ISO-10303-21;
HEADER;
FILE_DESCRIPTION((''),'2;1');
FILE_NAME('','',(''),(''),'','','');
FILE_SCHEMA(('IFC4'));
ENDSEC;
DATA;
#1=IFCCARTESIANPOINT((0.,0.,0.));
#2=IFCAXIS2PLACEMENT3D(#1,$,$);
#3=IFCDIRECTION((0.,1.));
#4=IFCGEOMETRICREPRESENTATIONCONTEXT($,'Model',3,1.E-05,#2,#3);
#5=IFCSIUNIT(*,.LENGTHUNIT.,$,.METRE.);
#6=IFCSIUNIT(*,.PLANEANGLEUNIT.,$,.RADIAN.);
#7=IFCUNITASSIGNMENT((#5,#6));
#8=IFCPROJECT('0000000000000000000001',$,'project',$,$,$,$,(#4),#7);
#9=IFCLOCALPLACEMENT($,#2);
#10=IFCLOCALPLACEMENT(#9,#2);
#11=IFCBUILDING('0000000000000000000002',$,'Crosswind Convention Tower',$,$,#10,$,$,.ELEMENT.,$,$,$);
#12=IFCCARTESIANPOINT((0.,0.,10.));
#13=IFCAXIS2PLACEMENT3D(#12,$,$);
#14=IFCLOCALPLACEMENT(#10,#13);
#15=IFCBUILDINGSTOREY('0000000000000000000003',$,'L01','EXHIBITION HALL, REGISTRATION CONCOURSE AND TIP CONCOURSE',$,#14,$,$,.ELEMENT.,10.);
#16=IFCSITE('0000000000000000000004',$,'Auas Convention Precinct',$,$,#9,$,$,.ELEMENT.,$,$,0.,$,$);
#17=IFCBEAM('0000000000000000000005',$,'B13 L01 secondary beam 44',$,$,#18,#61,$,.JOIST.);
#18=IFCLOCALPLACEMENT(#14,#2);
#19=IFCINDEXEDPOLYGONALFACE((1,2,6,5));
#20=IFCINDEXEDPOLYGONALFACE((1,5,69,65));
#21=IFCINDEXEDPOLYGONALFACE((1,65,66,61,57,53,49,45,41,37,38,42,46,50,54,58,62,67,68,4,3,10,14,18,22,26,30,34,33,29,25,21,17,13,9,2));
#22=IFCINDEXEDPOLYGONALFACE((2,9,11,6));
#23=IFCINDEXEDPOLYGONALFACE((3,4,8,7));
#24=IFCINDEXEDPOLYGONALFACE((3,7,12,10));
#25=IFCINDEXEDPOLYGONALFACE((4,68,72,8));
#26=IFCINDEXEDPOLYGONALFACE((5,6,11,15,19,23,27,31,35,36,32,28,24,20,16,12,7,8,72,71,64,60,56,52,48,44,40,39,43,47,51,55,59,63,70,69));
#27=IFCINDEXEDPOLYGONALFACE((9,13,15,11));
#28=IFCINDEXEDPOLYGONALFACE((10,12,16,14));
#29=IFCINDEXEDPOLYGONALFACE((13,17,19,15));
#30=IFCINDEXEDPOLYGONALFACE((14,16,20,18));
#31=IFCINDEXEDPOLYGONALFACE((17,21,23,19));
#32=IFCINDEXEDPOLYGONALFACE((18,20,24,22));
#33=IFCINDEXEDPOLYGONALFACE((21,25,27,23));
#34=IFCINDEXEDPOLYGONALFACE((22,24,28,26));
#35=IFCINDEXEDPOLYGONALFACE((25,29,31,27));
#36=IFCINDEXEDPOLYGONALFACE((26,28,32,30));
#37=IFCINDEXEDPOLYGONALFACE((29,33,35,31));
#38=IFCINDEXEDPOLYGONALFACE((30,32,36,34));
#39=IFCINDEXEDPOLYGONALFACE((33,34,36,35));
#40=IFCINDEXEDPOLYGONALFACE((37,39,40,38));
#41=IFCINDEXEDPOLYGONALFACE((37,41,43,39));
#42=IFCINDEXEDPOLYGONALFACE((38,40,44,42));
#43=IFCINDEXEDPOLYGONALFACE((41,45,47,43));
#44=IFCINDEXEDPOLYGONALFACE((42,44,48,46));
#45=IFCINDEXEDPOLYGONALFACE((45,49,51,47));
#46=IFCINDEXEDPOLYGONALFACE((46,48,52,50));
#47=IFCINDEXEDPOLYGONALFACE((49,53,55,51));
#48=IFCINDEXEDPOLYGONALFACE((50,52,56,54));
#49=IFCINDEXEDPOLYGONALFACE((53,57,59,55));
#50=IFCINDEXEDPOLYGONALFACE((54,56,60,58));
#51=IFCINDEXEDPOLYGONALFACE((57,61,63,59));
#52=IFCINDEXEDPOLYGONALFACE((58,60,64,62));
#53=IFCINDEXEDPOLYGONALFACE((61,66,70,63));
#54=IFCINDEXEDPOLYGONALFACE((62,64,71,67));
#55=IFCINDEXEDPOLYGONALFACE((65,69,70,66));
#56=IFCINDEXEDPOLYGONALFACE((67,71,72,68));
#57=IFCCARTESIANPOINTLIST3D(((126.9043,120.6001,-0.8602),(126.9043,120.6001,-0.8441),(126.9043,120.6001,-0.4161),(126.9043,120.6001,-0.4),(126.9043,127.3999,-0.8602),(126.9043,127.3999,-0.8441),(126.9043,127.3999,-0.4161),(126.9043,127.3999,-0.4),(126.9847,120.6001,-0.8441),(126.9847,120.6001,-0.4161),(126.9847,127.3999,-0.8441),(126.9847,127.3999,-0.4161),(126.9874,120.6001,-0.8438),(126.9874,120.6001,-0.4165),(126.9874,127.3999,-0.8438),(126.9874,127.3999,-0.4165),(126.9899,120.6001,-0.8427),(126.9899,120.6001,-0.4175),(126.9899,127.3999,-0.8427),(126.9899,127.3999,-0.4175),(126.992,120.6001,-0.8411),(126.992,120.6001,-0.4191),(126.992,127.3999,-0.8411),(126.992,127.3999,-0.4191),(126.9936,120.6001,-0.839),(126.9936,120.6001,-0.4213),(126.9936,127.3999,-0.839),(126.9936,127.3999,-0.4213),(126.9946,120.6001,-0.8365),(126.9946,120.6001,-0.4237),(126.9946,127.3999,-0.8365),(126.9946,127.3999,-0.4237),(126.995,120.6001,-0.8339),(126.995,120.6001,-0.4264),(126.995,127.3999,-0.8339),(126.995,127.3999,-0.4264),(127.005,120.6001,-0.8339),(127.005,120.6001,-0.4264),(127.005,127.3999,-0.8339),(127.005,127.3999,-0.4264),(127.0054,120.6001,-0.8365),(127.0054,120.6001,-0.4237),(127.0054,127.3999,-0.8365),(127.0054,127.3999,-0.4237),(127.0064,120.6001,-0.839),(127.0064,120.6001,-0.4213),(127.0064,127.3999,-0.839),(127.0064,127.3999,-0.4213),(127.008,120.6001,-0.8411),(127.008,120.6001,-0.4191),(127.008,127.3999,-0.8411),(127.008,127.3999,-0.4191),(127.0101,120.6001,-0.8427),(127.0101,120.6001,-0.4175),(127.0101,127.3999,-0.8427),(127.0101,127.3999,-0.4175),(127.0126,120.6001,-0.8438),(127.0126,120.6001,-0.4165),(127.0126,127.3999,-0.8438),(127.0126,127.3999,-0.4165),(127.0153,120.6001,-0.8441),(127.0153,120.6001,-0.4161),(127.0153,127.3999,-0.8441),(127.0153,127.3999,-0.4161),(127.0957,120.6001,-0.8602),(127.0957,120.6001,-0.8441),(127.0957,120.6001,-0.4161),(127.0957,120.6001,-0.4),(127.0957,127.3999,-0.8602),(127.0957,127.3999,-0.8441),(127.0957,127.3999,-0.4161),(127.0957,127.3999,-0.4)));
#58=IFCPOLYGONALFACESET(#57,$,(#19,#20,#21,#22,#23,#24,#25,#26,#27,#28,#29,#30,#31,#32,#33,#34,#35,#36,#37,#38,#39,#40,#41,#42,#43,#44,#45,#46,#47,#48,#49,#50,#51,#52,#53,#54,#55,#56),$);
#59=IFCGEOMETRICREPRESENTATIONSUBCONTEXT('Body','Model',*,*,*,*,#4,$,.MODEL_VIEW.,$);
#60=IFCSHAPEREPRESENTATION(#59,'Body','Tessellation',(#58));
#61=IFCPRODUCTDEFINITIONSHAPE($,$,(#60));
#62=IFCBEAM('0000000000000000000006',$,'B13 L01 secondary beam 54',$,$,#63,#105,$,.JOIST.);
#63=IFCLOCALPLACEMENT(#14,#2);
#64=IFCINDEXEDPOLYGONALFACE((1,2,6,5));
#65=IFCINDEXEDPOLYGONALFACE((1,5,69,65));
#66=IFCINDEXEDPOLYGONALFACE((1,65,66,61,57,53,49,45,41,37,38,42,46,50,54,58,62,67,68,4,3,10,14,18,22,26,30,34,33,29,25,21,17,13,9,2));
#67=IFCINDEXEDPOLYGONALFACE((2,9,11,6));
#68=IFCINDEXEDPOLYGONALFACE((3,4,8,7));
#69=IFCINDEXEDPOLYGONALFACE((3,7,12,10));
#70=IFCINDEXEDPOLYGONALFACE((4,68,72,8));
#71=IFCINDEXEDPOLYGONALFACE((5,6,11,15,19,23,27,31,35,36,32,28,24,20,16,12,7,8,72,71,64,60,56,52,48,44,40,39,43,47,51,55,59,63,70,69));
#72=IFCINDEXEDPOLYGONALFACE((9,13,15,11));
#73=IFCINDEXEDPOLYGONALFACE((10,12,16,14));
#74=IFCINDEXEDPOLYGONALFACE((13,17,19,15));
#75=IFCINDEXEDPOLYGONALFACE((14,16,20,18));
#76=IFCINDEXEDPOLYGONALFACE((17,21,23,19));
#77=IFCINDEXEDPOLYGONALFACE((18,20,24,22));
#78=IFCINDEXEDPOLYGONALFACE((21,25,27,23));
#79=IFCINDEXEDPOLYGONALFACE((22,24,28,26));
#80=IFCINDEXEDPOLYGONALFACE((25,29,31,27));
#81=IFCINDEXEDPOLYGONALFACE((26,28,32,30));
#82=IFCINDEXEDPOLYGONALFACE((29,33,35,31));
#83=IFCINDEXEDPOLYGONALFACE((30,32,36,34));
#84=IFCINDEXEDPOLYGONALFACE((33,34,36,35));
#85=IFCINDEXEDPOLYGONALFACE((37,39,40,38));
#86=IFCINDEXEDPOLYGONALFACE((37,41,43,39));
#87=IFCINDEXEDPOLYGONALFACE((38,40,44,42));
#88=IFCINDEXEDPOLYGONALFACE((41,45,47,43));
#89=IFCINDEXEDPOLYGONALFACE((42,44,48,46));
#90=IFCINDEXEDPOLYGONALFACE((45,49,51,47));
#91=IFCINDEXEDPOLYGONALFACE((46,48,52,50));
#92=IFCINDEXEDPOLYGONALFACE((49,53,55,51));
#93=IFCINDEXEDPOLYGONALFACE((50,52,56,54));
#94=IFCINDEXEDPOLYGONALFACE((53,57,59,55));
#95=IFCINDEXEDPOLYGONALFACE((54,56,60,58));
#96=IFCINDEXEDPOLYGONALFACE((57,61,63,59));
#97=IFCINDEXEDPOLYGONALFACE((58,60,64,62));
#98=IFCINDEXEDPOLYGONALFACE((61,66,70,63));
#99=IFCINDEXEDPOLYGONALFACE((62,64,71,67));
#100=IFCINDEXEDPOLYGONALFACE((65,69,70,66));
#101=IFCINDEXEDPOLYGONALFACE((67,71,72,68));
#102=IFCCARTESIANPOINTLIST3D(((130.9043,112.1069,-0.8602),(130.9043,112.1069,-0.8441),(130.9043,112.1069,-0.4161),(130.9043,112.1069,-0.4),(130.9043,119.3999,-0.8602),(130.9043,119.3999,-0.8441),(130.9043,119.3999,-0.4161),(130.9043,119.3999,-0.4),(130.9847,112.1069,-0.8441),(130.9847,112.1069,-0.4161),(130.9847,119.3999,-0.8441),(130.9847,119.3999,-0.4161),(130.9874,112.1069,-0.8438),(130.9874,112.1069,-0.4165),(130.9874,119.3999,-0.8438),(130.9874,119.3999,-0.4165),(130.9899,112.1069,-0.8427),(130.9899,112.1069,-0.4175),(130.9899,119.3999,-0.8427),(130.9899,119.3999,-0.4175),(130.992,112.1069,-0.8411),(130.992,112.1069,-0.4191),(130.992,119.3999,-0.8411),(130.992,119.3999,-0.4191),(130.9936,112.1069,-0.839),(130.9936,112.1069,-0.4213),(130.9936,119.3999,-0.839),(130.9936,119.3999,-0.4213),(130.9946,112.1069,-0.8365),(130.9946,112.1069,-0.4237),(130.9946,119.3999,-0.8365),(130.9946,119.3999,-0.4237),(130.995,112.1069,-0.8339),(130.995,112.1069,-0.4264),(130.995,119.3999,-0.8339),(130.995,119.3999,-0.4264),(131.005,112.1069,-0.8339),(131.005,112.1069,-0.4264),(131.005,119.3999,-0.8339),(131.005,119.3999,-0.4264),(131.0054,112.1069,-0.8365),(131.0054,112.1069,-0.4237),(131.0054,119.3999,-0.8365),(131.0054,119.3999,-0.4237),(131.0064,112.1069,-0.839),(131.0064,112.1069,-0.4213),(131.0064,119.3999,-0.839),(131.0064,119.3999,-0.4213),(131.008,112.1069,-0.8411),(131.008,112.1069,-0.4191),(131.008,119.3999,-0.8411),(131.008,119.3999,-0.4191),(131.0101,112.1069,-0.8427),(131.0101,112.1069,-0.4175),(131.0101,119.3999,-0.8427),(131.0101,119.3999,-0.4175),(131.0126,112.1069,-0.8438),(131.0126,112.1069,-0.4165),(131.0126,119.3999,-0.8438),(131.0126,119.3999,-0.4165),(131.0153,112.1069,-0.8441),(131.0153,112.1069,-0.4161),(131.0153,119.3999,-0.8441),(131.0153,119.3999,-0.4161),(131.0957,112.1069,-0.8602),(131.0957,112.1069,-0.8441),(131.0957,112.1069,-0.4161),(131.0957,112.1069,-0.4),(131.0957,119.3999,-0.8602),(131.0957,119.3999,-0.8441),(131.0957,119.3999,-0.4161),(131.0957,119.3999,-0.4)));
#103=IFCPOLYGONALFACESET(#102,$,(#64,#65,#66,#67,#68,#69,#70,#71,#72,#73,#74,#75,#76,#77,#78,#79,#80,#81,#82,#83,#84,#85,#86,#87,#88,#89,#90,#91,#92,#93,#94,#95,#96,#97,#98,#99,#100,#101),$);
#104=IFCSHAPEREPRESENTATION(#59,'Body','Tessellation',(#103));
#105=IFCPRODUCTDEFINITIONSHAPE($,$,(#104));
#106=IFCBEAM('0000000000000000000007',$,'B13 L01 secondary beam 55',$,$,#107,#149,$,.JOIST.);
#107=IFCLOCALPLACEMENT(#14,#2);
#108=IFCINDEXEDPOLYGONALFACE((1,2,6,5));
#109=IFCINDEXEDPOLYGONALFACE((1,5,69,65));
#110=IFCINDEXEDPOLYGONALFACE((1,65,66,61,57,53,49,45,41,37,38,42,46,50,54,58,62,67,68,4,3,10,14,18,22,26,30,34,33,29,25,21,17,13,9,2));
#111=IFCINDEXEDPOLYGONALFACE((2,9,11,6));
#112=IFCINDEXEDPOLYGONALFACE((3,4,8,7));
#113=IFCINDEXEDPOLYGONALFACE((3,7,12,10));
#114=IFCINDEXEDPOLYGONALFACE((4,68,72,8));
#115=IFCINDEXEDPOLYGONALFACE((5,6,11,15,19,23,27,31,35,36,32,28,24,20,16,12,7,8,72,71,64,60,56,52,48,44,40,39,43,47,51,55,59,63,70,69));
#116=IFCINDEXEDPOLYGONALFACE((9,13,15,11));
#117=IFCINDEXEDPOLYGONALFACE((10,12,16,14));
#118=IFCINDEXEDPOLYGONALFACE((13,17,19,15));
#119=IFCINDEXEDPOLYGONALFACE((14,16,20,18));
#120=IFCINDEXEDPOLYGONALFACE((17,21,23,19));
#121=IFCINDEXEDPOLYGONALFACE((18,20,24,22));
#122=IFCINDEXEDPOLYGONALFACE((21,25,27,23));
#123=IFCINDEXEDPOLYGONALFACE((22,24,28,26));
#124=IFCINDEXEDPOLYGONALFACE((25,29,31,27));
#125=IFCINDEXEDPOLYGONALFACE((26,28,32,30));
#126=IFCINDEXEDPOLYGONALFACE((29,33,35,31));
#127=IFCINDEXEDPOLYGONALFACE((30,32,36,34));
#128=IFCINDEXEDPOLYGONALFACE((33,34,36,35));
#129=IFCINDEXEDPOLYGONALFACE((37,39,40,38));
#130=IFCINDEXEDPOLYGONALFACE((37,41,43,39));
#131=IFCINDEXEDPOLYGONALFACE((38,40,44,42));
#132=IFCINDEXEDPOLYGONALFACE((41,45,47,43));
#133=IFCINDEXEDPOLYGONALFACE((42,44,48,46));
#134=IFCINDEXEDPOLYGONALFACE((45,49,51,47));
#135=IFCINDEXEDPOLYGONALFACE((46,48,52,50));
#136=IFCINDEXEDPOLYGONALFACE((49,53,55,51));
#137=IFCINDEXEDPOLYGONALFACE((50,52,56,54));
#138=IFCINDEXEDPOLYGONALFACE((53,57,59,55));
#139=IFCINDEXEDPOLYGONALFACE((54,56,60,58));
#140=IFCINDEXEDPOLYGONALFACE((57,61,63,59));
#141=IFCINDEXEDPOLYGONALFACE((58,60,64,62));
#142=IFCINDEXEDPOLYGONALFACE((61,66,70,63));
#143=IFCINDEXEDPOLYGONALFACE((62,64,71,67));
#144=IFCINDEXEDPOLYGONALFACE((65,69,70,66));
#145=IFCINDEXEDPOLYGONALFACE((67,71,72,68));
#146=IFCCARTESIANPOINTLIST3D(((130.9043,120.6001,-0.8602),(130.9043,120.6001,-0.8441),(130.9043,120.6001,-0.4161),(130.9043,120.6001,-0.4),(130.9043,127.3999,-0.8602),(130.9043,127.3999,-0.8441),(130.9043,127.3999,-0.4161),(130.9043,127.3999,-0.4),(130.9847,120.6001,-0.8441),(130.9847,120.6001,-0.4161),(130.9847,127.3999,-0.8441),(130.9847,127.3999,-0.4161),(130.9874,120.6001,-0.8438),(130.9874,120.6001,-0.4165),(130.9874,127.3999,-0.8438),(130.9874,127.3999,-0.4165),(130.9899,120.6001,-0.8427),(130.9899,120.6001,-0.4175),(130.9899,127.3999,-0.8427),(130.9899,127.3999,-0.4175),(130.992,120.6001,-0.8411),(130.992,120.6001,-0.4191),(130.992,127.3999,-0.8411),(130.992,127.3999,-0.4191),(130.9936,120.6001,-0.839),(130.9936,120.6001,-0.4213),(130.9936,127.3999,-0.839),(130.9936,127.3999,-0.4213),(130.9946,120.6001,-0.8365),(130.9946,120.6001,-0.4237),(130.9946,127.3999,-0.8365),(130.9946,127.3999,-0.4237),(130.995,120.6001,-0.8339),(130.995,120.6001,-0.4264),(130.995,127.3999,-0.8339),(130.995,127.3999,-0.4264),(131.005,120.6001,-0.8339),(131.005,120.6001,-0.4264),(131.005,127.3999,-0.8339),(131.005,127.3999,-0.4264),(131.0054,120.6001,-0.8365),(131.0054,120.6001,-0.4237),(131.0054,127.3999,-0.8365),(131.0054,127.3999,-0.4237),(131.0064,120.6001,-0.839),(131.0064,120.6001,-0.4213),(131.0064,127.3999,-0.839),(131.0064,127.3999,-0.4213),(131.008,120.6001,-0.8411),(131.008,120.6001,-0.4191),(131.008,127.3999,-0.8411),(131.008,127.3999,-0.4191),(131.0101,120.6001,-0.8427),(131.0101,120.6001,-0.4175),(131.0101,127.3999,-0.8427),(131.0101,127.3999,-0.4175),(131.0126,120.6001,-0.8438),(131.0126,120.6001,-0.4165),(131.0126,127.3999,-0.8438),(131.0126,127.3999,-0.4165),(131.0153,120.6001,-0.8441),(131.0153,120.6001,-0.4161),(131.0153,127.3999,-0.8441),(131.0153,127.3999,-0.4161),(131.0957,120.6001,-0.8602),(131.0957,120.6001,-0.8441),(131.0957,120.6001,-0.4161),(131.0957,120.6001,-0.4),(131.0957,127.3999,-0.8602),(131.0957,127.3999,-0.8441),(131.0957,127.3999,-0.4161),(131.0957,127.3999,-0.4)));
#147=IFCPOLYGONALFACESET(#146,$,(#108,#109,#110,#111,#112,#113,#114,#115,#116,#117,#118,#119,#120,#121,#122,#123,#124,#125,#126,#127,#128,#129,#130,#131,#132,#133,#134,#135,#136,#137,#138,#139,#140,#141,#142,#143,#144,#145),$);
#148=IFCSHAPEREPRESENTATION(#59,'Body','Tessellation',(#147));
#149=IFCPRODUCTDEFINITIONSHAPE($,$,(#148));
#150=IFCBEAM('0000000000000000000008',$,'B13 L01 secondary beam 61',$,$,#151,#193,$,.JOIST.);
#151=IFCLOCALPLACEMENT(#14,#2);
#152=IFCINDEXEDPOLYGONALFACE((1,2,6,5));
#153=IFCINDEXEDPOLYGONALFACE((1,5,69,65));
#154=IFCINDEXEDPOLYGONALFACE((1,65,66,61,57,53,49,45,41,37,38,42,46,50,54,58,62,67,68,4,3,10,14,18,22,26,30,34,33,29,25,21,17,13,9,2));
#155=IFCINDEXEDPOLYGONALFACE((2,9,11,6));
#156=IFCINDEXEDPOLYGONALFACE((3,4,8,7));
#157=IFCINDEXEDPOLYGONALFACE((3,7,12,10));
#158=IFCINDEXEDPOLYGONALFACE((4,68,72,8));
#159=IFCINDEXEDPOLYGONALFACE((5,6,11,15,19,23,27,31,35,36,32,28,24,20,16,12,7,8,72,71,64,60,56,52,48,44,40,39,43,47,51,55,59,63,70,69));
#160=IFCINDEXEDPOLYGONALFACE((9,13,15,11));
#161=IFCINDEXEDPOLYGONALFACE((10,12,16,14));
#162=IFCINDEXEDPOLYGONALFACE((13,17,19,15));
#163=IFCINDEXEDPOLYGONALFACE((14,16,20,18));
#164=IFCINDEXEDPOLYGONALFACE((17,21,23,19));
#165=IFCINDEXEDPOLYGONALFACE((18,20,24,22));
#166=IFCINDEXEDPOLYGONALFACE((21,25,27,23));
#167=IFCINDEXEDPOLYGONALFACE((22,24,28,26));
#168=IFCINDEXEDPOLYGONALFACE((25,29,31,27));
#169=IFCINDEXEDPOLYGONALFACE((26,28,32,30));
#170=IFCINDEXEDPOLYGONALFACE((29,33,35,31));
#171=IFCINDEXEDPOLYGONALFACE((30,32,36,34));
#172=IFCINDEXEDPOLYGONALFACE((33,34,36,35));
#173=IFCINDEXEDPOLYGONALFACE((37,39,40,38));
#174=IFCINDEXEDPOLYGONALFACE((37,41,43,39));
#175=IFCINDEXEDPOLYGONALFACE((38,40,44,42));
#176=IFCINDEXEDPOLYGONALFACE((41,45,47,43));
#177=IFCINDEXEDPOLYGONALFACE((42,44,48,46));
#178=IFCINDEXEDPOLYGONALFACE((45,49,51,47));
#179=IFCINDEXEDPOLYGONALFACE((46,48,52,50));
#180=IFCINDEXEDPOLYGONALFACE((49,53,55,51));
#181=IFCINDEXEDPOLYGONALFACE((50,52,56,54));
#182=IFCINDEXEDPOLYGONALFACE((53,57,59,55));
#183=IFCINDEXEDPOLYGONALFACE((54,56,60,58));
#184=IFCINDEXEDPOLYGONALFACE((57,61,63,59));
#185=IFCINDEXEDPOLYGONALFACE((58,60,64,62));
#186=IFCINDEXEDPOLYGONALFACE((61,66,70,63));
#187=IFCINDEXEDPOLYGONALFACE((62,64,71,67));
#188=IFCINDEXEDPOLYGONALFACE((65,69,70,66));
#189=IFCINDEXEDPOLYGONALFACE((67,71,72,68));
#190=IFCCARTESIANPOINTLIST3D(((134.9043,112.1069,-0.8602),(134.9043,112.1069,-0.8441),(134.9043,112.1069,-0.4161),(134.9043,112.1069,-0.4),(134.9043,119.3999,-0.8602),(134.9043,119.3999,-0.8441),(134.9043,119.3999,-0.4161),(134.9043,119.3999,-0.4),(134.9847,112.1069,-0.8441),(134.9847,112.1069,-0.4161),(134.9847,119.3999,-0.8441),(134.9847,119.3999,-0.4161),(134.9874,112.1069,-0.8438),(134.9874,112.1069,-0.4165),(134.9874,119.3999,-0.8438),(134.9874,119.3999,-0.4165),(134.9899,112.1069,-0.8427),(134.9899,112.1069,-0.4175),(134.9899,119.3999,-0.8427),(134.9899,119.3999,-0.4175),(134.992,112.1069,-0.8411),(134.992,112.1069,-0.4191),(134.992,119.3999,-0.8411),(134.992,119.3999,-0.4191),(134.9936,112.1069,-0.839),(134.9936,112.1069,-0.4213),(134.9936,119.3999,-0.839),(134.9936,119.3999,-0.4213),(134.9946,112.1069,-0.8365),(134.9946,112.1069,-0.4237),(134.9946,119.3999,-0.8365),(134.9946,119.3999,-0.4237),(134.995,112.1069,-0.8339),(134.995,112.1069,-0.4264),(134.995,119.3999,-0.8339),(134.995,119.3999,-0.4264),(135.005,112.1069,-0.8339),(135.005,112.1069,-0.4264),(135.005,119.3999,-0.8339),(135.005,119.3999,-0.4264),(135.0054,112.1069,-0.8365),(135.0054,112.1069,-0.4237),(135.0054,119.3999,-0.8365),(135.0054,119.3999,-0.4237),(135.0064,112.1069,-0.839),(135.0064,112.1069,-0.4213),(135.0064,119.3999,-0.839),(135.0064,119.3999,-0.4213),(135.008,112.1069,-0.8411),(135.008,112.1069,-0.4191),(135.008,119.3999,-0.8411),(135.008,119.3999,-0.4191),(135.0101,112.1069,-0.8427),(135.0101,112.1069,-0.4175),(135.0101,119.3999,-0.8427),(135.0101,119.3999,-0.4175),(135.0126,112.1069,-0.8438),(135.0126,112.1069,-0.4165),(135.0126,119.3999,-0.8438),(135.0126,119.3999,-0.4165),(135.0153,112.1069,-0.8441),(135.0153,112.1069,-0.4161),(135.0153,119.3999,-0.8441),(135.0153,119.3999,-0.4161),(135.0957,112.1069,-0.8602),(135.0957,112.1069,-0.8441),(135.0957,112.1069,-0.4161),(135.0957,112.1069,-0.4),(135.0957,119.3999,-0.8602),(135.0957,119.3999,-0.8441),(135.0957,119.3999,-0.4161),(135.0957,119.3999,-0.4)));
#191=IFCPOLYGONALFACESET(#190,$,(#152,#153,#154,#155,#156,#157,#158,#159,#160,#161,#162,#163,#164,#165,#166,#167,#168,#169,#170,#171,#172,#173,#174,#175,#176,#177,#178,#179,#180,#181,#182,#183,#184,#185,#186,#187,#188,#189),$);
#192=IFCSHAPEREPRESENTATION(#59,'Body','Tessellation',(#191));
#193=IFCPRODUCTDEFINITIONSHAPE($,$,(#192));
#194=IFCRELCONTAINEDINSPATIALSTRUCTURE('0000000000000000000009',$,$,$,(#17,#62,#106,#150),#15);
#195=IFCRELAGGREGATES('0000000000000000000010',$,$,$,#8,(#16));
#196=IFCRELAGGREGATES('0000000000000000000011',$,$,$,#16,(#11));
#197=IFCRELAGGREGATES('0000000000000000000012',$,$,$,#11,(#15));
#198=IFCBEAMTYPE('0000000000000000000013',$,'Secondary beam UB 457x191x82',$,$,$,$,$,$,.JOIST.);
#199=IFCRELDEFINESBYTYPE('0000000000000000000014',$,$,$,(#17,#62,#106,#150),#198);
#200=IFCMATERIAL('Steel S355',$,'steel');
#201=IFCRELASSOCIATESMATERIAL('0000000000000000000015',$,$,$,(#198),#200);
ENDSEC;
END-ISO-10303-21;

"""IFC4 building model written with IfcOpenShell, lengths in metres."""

from ifc_helpers import new_model, si_unit, direction, frame, origin, origin_2d, place, context, subcontext, project, spatial, i_section, extrude, material, material_profile, profile_set, type_object, element, save


model = new_model("IFC4")

# Units and contexts
model_context = context("Model", 3, precision=1e-05, world=origin(), true_north=direction((0.0, 1.0)))
body_context = subcontext(model_context, "Body", "Model", "MODEL_VIEW")
ifc_project = project(units=[si_unit("LENGTHUNIT", "METRE"), si_unit("PLANEANGLEUNIT", "RADIAN")], contexts=[model_context])

# Site, building, storey
site_placement = place(None, origin())
site = spatial("IfcSite", under=ifc_project, at=site_placement, Name="Auas Convention Precinct", CompositionType="ELEMENT", RefElevation=0.0)
building_placement = place(site_placement, origin())
building = spatial("IfcBuilding", under=site, at=building_placement, Name="Crosswind Convention Tower", CompositionType="ELEMENT")
storey_placement = place(building_placement, frame((0.0, 0.0, 10.0)))
storey = spatial("IfcBuildingStorey", under=building, at=storey_placement, Name="L01", Description="EXHIBITION HALL, REGISTRATION CONCOURSE AND TIP CONCOURSE", CompositionType="ELEMENT", Elevation=10.0)

# Shared definitions
ifc_material_1 = material(Name="Steel S355", Category="steel")

# Beams
ifc_material_profile_1 = material_profile(ifc_material_1, i_section(OverallWidth=0.1914, OverallDepth=0.4602, WebThickness=0.01, FlangeThickness=0.0161, FilletRadius=0.0103, at=origin_2d()), Name="UB 457x191x82")
ifc_profile_set_1 = profile_set([ifc_material_profile_1], Name="Steel S355")
beam_type_1 = type_object("IfcBeamType", Name="Secondary beam UB 457x191x82", PredefinedType="JOIST", material=ifc_profile_set_1)
beam_1_placement = place(storey_placement, frame((127.0, 120.6001, -0.6301), z_axis=(0.0, 1.0, 0.0), x_axis=(-1.0, 0.0, 0.0)))
element("IfcBeam", 1, at=beam_1_placement, inside=storey, type_object=beam_type_1, Name="B13 L01 secondary beam 44", PredefinedType="JOIST", context=body_context, shape_type="SweptSolid", body=[
    extrude(i_section(OverallWidth=0.1914, OverallDepth=0.4602, WebThickness=0.01, FlangeThickness=0.0161, FilletRadius=0.0103, at=origin_2d()), origin(), (0.0, 0.0, 1.0), 6.7998),
])
beam_2_placement = place(storey_placement, frame((131.0, 112.1069, -0.6301), z_axis=(0.0, 1.0, 0.0), x_axis=(-1.0, 0.0, 0.0)))
element("IfcBeam", 2, at=beam_2_placement, inside=storey, type_object=beam_type_1, Name="B13 L01 secondary beam 54", PredefinedType="JOIST", context=body_context, shape_type="SweptSolid", body=[
    extrude(i_section(OverallWidth=0.1914, OverallDepth=0.4602, WebThickness=0.01, FlangeThickness=0.0161, FilletRadius=0.0103, at=origin_2d()), origin(), (0.0, 0.0, 1.0), 7.293),
])
beam_3_placement = place(storey_placement, frame((131.0, 120.6001, -0.6301), z_axis=(0.0, 1.0, 0.0), x_axis=(-1.0, 0.0, 0.0)))
element("IfcBeam", 3, at=beam_3_placement, inside=storey, type_object=beam_type_1, Name="B13 L01 secondary beam 55", PredefinedType="JOIST", context=body_context, shape_type="SweptSolid", body=[
    extrude(i_section(OverallWidth=0.1914, OverallDepth=0.4602, WebThickness=0.01, FlangeThickness=0.0161, FilletRadius=0.0103, at=origin_2d()), origin(), (0.0, 0.0, 1.0), 6.7998),
])
beam_4_placement = place(storey_placement, frame((135.0, 112.1069, -0.6301), z_axis=(0.0, 1.0, 0.0), x_axis=(-1.0, 0.0, 0.0)))
element("IfcBeam", 4, at=beam_4_placement, inside=storey, type_object=beam_type_1, Name="B13 L01 secondary beam 61", PredefinedType="JOIST", context=body_context, shape_type="SweptSolid", body=[
    extrude(i_section(OverallWidth=0.1914, OverallDepth=0.4602, WebThickness=0.01, FlangeThickness=0.0161, FilletRadius=0.0103, at=origin_2d()), origin(), (0.0, 0.0, 1.0), 7.293),
])

save(model, "model.ifc")
